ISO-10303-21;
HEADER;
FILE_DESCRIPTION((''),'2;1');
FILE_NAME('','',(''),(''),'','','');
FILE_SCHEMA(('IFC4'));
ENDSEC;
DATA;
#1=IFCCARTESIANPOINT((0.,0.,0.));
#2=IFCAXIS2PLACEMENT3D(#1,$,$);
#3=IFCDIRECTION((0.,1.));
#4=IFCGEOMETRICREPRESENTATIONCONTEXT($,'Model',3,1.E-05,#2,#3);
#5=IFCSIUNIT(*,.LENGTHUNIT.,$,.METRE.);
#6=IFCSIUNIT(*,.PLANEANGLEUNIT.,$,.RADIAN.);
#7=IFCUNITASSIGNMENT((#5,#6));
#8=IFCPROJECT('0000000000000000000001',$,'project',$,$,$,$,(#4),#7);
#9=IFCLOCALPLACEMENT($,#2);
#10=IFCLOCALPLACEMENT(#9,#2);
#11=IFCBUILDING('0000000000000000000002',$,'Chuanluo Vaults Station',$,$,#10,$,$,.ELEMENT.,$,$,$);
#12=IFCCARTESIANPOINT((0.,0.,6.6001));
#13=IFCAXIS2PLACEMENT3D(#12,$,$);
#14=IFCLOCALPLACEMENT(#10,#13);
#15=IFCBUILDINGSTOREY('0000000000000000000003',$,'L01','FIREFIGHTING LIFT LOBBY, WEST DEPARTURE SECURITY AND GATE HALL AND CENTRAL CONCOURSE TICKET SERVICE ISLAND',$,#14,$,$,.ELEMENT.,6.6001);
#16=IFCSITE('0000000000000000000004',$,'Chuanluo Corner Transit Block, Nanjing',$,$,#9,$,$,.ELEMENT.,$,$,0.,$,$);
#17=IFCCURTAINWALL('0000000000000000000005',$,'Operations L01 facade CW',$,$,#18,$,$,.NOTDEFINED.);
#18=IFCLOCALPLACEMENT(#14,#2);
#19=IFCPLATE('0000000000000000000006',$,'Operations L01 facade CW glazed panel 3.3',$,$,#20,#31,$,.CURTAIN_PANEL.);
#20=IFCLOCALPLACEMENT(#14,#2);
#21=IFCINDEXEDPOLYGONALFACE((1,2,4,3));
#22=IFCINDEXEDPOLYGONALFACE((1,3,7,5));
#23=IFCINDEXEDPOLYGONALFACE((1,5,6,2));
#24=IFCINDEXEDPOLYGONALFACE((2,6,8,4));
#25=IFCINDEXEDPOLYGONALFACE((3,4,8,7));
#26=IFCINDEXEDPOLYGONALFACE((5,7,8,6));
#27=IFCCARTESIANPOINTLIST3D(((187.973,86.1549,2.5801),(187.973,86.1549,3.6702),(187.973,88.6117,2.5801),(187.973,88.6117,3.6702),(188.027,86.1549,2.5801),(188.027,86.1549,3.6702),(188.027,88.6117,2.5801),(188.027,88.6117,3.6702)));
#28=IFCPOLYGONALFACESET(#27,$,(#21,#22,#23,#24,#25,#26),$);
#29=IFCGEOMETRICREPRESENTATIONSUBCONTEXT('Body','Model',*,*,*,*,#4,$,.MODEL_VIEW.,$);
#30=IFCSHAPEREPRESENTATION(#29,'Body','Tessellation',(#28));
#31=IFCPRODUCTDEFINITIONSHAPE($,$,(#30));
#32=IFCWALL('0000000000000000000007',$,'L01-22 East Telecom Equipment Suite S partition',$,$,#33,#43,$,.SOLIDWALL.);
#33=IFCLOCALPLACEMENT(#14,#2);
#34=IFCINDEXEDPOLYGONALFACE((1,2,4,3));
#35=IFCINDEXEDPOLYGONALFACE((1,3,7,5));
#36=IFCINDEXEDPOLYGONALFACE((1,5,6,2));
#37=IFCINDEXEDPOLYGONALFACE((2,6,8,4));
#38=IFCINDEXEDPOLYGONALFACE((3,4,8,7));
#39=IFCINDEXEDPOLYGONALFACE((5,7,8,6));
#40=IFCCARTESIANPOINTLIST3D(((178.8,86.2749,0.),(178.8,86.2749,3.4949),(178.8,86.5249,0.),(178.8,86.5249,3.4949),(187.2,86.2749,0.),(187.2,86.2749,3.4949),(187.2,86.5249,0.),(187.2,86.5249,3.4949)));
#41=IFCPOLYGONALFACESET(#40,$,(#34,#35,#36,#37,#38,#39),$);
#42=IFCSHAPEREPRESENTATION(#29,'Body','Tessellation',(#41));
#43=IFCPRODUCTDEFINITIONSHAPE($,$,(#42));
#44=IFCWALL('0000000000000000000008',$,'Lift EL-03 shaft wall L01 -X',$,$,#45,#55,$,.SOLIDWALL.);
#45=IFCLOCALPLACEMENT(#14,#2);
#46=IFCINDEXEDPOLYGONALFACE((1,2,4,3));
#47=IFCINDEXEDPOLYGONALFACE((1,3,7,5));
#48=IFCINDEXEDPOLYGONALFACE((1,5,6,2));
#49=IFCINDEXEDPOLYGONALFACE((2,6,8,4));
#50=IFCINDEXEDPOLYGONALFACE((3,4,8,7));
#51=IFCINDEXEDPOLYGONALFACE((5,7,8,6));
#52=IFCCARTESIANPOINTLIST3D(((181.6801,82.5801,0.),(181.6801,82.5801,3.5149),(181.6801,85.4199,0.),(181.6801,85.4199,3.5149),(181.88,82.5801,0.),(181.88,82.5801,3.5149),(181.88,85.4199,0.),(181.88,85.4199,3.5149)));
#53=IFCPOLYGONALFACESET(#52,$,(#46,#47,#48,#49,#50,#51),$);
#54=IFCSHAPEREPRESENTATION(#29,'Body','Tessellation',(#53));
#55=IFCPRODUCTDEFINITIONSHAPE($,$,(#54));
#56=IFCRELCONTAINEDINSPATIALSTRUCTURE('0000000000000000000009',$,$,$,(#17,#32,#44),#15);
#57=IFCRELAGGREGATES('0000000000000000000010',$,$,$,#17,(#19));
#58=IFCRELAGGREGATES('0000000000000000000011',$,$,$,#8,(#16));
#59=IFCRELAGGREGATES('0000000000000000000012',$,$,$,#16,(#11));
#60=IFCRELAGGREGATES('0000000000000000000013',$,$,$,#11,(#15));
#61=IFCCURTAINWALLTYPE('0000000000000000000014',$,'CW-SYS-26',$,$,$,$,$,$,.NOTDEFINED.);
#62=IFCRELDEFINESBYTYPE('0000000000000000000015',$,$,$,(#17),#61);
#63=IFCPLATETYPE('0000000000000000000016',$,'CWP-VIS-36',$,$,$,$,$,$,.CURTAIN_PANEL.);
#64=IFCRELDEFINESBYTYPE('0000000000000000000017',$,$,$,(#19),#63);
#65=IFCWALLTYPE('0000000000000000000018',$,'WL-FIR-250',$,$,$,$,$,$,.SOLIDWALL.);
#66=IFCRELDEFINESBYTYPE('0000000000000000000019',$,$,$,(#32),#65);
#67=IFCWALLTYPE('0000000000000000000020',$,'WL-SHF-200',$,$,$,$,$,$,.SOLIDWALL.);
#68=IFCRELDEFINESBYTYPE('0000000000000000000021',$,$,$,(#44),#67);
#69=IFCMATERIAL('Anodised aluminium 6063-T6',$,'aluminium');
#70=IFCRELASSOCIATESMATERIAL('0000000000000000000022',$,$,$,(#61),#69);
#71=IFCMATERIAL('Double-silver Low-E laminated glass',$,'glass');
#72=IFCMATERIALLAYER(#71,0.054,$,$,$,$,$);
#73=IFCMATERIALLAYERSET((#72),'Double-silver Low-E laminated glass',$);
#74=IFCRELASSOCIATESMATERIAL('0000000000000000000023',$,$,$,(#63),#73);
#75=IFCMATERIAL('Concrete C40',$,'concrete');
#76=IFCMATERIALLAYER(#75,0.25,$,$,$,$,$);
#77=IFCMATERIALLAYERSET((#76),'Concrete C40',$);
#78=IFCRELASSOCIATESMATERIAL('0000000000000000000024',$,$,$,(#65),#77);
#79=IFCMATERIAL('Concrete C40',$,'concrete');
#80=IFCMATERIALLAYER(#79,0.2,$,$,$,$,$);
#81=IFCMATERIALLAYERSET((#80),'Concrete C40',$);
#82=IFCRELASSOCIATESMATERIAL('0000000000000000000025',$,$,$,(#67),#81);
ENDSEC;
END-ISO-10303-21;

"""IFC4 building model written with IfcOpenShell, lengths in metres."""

from ifc_helpers import new_model, si_unit, direction, frame, frame_2d, origin, origin_2d, place, context, subcontext, project, spatial, rectangle, extrude, material, layer, layer_set, type_object, element, aggregate, save


model = new_model("IFC4")

# Units and contexts
model_context = context("Model", 3, precision=1e-05, world=origin(), true_north=direction((0.0, 1.0)))
body_context = subcontext(model_context, "Body", "Model", "MODEL_VIEW")
ifc_project = project(units=[si_unit("LENGTHUNIT", "METRE"), si_unit("PLANEANGLEUNIT", "RADIAN")], contexts=[model_context])

# Site, building, storey
site_placement = place(None, origin())
site = spatial("IfcSite", under=ifc_project, at=site_placement, Name="Chuanluo Corner Transit Block, Nanjing", CompositionType="ELEMENT", RefElevation=0.0)
building_placement = place(site_placement, origin())
building = spatial("IfcBuilding", under=site, at=building_placement, Name="Chuanluo Vaults Station", CompositionType="ELEMENT")
storey_placement = place(building_placement, frame((0.0, 0.0, 6.6001)))
storey = spatial("IfcBuildingStorey", under=building, at=storey_placement, Name="L01", Description="FIREFIGHTING LIFT LOBBY, WEST DEPARTURE SECURITY AND GATE HALL AND CENTRAL CONCOURSE TICKET SERVICE ISLAND", CompositionType="ELEMENT", Elevation=6.6001)

# Curtain wall
ifc_material_1 = material(Name="Anodised aluminium 6063-T6", Category="aluminium")
curtain_wall_type_1 = type_object("IfcCurtainWallType", Name="CW-SYS-26", PredefinedType="NOTDEFINED", material=ifc_material_1)
curtain_wall_1_placement = place(storey_placement, origin())
curtain_wall_1 = element("IfcCurtainWall", 1, at=curtain_wall_1_placement, inside=storey, type_object=curtain_wall_type_1, Name="Operations L01 facade CW", PredefinedType="NOTDEFINED")

# Plate
ifc_material_2 = material(Name="Double-silver Low-E laminated glass", Category="glass")
ifc_layer_1 = layer(ifc_material_2, 0.054)
ifc_layer_set_1 = layer_set([ifc_layer_1], Name="Double-silver Low-E laminated glass")
plate_type_1 = type_object("IfcPlateType", Name="CWP-VIS-36", PredefinedType="CURTAIN_PANEL", material=ifc_layer_set_1)
plate_1_placement = place(storey_placement, frame((188.0, 87.3833, 2.5801), z_axis=(0.0, 0.0, 1.0), x_axis=(0.0, -1.0, 0.0)))
plate_1 = element("IfcPlate", 2, at=plate_1_placement, type_object=plate_type_1, Name="Operations L01 facade CW glazed panel 3.3", PredefinedType="CURTAIN_PANEL", context=body_context, shape_type="SweptSolid", body=[
    extrude(rectangle(XDim=2.4568, YDim=0.054, at=origin_2d()), origin(), (0.0, 0.0, 1.0), 1.0901),
])
aggregate(curtain_wall_1, [plate_1])

# Wall
ifc_material_3 = material(Name="Concrete C40", Category="concrete")
ifc_layer_2 = layer(ifc_material_3, 0.25)
ifc_layer_set_2 = layer_set([ifc_layer_2], Name="Concrete C40")
wall_type_1 = type_object("IfcWallType", Name="WL-FIR-250", PredefinedType="SOLIDWALL", material=ifc_layer_set_2)
wall_1_placement = place(storey_placement, frame((187.2, 86.3999, 0.0), z_axis=(0.0, 0.0, 1.0), x_axis=(-1.0, 0.0, 0.0)))
element("IfcWall", 3, at=wall_1_placement, inside=storey, type_object=wall_type_1, Name="L01-22 East Telecom Equipment Suite S partition", PredefinedType="SOLIDWALL", context=body_context, shape_type="SweptSolid", body=[
    extrude(rectangle(XDim=8.3999, YDim=0.25, at=frame_2d((4.2, 0.0))), origin(), (0.0, 0.0, 1.0), 3.4949),
])

# Shared definitions
ifc_material_4 = material(Name="Concrete C40", Category="concrete")
ifc_layer_3 = layer(ifc_material_4, 0.2)
ifc_layer_set_3 = layer_set([ifc_layer_3], Name="Concrete C40")
wall_type_2 = type_object("IfcWallType", Name="WL-SHF-200", PredefinedType="SOLIDWALL", material=ifc_layer_set_3)

# Wall
wall_2_placement = place(storey_placement, frame((181.78, 85.4199, 0.0), z_axis=(0.0, 0.0, 1.0), x_axis=(0.0, -1.0, 0.0)))
element("IfcWall", 4, at=wall_2_placement, inside=storey, type_object=wall_type_2, Name="Lift EL-03 shaft wall L01 -X", PredefinedType="SOLIDWALL", context=body_context, shape_type="SweptSolid", body=[
    extrude(rectangle(XDim=2.8398, YDim=0.2, at=frame_2d((1.4199, 0.0))), origin(), (0.0, 0.0, 1.0), 3.5149),
])

save(model, "model.ifc")
